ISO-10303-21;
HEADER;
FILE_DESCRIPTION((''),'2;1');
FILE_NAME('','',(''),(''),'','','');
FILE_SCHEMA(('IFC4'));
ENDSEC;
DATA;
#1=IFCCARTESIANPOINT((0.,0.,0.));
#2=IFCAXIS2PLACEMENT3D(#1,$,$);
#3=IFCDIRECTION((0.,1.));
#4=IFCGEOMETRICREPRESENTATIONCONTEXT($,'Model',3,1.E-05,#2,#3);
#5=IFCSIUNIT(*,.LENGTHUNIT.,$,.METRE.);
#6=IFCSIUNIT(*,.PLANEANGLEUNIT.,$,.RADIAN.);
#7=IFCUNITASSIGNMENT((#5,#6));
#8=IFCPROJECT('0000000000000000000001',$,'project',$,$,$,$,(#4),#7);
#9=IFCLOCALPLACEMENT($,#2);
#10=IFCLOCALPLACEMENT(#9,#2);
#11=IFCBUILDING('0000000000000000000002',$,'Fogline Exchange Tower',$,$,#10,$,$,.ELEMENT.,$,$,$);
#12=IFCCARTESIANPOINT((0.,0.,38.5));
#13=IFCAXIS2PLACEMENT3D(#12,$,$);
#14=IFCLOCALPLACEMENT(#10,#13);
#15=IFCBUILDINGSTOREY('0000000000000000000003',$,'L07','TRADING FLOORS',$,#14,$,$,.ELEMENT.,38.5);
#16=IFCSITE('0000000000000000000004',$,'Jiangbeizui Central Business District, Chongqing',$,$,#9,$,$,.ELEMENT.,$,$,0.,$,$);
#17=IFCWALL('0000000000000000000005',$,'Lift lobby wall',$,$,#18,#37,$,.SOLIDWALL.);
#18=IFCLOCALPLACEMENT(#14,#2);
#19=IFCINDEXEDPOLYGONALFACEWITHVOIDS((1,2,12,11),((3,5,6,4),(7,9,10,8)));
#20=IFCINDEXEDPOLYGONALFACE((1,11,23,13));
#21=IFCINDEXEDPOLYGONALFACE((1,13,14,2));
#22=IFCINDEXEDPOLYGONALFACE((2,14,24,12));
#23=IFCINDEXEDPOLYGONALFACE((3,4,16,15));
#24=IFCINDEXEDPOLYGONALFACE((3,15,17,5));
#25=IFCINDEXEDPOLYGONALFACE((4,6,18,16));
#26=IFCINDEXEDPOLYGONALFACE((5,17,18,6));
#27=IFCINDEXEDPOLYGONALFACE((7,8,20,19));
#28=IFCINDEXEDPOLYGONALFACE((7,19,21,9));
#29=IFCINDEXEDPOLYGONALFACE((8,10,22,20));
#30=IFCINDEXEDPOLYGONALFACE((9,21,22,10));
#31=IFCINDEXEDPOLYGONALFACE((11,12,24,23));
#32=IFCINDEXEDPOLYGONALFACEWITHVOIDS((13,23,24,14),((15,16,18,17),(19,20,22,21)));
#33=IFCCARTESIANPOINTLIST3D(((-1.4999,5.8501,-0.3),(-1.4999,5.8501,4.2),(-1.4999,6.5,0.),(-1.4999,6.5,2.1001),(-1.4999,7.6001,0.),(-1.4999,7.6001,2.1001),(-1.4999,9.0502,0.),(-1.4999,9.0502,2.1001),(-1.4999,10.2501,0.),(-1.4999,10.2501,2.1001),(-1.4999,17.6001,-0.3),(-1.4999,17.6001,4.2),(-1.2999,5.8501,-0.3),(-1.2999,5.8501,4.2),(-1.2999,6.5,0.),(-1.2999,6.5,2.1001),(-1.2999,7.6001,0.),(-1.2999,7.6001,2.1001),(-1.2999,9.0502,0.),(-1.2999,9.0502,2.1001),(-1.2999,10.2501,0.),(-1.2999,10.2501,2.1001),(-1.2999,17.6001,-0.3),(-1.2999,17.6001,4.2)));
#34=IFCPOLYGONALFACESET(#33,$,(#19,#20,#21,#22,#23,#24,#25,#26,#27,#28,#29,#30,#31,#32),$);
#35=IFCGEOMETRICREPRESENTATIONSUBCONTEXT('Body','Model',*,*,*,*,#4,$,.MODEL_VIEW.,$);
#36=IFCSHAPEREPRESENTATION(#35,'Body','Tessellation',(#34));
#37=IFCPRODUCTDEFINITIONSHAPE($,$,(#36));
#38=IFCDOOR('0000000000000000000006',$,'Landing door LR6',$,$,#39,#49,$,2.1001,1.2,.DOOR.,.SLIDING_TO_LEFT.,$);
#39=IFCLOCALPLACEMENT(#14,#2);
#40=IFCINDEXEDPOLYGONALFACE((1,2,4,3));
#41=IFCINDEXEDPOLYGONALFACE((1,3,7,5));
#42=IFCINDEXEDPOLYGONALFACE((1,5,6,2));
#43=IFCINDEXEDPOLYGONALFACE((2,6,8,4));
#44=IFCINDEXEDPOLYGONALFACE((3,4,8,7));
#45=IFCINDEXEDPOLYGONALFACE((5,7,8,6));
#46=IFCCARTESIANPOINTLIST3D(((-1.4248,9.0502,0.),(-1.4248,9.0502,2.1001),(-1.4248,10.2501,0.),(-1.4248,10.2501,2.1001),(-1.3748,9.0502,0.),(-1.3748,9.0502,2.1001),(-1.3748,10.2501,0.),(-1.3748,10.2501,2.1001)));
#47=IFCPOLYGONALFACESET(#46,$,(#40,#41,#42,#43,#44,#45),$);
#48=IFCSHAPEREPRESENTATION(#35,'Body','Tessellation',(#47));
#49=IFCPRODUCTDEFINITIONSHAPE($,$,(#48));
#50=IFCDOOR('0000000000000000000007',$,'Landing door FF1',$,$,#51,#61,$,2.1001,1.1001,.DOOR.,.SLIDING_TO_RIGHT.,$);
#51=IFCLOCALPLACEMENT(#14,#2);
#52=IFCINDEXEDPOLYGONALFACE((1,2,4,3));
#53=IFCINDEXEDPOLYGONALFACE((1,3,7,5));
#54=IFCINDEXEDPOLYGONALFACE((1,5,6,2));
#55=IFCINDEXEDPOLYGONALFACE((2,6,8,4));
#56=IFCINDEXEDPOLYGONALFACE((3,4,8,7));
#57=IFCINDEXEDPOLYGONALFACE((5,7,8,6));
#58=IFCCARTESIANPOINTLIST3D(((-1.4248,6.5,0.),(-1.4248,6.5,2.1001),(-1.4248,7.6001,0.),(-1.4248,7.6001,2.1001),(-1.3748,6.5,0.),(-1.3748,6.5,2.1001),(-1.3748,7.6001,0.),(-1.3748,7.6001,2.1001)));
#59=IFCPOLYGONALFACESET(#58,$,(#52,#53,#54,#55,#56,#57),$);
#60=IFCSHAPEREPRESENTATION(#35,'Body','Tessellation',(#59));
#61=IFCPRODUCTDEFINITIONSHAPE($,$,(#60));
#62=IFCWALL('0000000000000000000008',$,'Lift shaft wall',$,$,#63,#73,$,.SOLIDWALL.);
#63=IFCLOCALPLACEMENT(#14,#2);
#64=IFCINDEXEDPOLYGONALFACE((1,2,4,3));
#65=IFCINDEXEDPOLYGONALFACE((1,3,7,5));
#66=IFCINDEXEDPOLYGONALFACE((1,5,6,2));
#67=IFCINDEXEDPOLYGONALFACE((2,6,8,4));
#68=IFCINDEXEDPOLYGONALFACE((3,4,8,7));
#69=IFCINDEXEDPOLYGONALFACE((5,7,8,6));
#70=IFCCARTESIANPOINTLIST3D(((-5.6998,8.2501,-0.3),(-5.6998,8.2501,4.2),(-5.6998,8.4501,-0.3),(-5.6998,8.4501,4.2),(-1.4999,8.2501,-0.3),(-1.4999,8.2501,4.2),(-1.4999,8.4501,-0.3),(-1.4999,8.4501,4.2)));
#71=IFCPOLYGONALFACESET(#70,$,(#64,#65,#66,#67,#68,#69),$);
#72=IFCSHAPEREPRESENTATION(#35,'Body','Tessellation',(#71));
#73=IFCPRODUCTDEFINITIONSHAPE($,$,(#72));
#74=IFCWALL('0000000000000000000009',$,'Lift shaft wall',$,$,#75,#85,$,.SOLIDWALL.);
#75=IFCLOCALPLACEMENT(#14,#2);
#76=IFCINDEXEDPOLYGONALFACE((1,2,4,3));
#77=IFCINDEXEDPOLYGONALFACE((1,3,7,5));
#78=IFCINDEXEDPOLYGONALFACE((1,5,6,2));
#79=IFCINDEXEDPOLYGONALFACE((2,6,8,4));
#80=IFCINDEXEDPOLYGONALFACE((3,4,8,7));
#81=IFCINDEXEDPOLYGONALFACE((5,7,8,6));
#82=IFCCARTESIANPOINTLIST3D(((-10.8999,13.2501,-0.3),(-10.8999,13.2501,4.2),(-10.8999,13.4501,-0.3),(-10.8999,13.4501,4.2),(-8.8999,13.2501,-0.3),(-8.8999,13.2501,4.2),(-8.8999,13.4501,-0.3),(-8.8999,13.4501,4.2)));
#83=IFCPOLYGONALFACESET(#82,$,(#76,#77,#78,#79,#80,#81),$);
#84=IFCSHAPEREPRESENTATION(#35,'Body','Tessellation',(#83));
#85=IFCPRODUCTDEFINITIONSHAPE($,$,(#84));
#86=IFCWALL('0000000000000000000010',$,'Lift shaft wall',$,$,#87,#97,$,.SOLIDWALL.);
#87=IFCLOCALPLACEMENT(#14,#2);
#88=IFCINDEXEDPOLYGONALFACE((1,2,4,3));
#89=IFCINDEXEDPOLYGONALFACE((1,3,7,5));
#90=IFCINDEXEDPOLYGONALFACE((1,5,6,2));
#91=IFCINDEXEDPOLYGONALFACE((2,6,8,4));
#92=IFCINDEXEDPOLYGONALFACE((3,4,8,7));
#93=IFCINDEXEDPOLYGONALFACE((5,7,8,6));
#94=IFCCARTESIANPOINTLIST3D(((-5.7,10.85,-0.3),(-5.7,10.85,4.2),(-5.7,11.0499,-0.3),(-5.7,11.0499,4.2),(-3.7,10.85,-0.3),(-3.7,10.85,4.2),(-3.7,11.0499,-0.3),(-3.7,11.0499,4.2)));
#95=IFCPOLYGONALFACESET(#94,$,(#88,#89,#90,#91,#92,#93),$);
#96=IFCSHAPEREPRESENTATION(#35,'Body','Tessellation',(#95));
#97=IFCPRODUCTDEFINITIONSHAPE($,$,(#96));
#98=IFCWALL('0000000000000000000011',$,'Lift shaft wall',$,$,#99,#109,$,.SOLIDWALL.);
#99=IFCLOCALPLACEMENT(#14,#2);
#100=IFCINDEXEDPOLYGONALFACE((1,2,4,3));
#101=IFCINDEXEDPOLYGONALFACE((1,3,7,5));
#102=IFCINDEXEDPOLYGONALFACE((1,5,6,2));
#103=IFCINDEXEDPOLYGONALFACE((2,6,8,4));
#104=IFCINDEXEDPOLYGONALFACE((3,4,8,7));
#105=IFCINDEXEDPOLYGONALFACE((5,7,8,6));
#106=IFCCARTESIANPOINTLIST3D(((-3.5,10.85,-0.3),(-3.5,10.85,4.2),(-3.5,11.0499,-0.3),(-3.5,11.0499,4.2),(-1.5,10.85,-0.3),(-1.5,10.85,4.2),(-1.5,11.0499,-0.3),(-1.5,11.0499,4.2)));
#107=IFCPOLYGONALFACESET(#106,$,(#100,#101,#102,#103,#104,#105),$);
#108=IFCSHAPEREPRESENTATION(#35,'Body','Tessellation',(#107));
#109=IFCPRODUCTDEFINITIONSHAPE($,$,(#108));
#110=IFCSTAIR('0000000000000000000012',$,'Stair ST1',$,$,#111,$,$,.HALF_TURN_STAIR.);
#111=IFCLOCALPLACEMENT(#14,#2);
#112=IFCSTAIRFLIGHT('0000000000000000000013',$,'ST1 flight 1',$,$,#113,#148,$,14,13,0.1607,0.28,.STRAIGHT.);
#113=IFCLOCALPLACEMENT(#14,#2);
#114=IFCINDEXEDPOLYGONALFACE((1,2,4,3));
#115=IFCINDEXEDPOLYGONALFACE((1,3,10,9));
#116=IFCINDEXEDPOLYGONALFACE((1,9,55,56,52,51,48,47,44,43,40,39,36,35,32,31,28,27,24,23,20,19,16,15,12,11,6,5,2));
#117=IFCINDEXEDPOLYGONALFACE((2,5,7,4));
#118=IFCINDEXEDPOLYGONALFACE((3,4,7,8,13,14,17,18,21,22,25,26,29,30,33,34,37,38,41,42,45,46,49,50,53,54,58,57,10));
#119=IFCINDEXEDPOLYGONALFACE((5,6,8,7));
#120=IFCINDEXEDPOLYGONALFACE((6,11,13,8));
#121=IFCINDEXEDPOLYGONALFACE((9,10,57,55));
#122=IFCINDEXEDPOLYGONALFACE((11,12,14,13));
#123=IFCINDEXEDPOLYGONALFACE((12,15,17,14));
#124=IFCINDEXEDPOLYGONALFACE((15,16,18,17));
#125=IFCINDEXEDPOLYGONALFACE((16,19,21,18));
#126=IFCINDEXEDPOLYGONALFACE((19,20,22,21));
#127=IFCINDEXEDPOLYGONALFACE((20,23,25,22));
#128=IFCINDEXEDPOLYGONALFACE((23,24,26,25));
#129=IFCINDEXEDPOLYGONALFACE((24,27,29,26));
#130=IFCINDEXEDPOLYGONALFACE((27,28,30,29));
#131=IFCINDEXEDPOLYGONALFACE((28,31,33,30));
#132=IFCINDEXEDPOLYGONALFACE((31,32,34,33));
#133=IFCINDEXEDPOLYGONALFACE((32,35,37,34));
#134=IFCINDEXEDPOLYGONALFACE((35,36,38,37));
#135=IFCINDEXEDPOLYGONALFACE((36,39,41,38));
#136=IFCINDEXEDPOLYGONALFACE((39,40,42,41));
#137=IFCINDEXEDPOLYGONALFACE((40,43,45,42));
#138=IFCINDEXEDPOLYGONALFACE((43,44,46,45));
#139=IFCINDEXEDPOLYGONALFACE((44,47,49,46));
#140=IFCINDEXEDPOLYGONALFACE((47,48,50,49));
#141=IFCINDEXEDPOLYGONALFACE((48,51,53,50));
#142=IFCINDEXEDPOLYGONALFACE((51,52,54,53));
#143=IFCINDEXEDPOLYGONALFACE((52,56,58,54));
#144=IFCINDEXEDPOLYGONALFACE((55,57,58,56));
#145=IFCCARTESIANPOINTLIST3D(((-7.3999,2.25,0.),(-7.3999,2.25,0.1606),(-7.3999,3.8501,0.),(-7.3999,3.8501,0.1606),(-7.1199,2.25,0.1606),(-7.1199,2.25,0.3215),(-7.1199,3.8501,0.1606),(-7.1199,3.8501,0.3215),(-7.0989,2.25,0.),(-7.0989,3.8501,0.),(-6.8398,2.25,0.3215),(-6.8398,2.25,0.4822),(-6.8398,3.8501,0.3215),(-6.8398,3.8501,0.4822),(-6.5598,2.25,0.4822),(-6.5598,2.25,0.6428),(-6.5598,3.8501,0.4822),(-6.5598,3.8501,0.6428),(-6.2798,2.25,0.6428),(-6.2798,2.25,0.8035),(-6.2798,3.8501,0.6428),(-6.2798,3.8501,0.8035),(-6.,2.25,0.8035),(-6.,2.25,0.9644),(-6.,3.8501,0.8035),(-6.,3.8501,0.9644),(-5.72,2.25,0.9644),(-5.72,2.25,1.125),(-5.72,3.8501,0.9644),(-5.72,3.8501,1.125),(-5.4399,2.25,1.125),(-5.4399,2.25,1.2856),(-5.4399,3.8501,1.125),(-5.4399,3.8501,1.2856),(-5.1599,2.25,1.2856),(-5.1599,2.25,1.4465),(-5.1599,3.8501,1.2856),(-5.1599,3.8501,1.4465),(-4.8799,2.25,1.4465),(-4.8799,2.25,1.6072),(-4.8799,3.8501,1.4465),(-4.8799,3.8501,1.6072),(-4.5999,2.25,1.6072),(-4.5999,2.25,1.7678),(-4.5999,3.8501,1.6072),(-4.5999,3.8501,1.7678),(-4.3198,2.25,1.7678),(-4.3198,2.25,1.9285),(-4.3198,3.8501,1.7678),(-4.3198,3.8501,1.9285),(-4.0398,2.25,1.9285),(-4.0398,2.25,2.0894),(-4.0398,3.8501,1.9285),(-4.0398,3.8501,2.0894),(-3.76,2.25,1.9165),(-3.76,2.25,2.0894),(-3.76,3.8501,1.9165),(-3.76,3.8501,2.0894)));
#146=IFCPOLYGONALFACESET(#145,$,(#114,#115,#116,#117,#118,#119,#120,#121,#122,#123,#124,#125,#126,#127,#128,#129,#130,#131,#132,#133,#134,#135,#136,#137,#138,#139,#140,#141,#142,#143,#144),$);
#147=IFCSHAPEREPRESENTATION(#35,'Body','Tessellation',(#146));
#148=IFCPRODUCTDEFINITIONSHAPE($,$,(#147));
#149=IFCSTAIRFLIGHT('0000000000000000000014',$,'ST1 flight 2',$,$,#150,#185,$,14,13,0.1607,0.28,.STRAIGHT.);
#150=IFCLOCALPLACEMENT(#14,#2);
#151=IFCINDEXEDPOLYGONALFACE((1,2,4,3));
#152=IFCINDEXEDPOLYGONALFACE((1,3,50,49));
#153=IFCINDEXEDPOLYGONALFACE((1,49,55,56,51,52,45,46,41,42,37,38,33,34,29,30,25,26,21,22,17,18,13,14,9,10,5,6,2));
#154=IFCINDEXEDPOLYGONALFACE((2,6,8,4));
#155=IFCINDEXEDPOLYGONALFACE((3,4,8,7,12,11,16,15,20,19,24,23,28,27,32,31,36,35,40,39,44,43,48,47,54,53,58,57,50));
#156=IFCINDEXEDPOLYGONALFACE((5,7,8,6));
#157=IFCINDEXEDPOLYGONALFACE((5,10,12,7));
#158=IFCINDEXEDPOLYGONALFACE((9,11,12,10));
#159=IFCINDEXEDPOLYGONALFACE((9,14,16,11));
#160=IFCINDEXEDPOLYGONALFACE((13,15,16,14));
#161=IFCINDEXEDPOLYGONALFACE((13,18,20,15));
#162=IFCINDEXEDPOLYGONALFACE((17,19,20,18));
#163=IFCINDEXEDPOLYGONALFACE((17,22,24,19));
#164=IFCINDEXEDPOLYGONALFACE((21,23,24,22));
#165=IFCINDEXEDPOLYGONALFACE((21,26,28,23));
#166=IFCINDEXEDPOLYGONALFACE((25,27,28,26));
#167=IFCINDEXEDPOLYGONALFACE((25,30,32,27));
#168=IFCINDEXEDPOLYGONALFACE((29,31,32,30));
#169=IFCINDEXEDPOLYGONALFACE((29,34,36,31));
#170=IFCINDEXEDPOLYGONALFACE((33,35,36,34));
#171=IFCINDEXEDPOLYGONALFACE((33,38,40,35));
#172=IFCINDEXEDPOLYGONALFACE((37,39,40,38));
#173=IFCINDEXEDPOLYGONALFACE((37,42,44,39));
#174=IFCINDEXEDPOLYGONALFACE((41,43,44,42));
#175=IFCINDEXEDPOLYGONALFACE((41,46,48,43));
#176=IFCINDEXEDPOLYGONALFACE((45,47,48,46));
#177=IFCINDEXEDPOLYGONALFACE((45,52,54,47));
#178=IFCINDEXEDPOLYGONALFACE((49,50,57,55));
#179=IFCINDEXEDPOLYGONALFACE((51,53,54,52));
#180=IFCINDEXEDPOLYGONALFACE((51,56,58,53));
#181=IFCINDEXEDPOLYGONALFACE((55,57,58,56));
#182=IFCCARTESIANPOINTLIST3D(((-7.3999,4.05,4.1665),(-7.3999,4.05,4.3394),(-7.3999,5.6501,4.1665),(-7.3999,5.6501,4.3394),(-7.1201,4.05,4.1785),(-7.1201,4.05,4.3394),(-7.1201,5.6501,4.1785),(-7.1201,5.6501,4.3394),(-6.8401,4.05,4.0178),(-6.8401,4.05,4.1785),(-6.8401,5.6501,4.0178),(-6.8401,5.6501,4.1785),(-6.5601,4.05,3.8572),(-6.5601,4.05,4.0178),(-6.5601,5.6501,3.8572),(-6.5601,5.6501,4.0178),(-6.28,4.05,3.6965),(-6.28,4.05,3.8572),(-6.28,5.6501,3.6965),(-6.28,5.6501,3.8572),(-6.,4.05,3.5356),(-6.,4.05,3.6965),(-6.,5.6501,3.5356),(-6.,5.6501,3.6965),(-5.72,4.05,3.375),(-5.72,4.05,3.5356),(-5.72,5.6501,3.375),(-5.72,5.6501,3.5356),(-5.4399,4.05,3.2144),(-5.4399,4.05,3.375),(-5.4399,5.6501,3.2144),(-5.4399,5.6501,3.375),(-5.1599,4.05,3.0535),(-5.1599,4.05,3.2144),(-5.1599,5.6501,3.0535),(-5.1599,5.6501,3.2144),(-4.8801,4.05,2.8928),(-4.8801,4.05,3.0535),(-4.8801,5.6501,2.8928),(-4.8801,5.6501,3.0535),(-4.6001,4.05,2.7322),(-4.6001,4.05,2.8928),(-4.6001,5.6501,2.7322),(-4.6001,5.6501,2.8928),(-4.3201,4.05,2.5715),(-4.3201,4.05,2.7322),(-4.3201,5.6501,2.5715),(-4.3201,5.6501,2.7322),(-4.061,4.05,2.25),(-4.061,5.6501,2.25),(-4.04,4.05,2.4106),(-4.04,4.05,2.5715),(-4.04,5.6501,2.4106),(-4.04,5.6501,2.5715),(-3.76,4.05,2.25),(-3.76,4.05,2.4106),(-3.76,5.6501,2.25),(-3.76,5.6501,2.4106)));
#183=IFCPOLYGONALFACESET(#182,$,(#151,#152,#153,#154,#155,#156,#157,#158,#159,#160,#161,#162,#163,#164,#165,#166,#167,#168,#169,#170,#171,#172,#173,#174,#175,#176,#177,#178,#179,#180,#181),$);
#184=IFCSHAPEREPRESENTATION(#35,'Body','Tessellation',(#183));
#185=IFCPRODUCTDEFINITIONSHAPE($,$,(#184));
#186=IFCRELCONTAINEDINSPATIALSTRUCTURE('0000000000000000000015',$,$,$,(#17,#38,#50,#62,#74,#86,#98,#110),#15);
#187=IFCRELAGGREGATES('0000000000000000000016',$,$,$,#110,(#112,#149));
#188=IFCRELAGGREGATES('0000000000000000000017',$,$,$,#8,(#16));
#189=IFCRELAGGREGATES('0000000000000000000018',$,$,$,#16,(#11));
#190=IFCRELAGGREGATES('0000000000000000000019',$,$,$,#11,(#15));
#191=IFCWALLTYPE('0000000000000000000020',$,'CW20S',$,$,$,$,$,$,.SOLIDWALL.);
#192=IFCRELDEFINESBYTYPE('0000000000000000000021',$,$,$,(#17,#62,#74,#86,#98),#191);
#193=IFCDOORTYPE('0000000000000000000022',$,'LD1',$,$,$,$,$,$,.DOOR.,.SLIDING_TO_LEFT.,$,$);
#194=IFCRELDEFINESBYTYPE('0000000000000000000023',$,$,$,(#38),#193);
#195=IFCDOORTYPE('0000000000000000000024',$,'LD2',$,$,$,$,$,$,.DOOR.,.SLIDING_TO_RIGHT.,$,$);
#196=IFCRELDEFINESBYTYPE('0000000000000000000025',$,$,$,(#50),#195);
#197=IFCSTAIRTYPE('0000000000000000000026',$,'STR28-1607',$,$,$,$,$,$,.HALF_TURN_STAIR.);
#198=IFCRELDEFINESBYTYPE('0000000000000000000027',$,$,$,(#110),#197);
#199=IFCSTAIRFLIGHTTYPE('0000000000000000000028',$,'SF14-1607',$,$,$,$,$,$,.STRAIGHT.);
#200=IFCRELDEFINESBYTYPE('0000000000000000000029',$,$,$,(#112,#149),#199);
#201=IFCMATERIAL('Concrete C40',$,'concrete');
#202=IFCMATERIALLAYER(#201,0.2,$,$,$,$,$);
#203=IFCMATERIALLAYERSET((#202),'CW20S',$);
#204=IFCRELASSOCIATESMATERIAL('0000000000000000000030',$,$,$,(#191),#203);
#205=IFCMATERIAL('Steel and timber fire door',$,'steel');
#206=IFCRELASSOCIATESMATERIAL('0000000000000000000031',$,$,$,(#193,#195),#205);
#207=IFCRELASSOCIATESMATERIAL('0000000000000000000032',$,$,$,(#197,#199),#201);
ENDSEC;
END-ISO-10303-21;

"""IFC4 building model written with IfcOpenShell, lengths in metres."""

from ifc_helpers import new_model, si_unit, direction, frame, frame_2d, origin, place, context, subcontext, project, spatial, polyline, rectangle, outline, extrude, material, layer, layer_set, type_object, element, fill, aggregate, save


model = new_model("IFC4")

# Units and contexts
model_context = context("Model", 3, precision=1e-05, world=origin(), true_north=direction((0.0, 1.0)))
body_context = subcontext(model_context, "Body", "Model", "MODEL_VIEW")
ifc_project = project(units=[si_unit("LENGTHUNIT", "METRE"), si_unit("PLANEANGLEUNIT", "RADIAN")], contexts=[model_context])

# Site, building, storey
site_placement = place(None, origin())
site = spatial("IfcSite", under=ifc_project, at=site_placement, Name="Jiangbeizui Central Business District, Chongqing", CompositionType="ELEMENT", RefElevation=0.0)
building_placement = place(site_placement, origin())
building = spatial("IfcBuilding", under=site, at=building_placement, Name="Fogline Exchange Tower", CompositionType="ELEMENT")
storey_placement = place(building_placement, frame((0.0, 0.0, 38.5)))
storey = spatial("IfcBuildingStorey", under=building, at=storey_placement, Name="L07", Description="TRADING FLOORS", CompositionType="ELEMENT", Elevation=38.5)

# Shared definitions
ifc_material_1 = material(Name="Steel and timber fire door", Category="steel")

# Shared definitions
ifc_material_2 = material(Name="Concrete C40", Category="concrete")

# Shared definitions
ifc_layer_1 = layer(ifc_material_2, 0.2)
ifc_layer_set_1 = layer_set([ifc_layer_1], Name="CW20S")
wall_type_1 = type_object("IfcWallType", Name="CW20S", PredefinedType="SOLIDWALL", material=ifc_layer_set_1)
door_type_1 = type_object("IfcDoorType", Name="LD1", OperationType="SLIDING_TO_LEFT", PredefinedType="DOOR", material=ifc_material_1)

# Wall, openings, doors
wall_1_placement = place(storey_placement, frame((-1.3999, 5.8501, -0.3), z_axis=(0.0, 0.0, 1.0), x_axis=(0.0, 1.0, 0.0)))
wall_1 = element("IfcWall", 1, at=wall_1_placement, inside=storey, type_object=wall_type_1, Name="Lift lobby wall", PredefinedType="SOLIDWALL", context=body_context, shape_type="SweptSolid", body=[
    extrude(rectangle(XDim=11.75, YDim=0.2, at=frame_2d((5.875, 0.0))), origin(), (0.0, 0.0, 1.0), 4.5),
])
opening_1_placement = place(wall_1_placement, frame((3.2, 0.0, 0.3)))
opening_1 = element("IfcOpeningElement", 2, at=opening_1_placement, cuts=wall_1, PredefinedType="OPENING", context=body_context, shape_type="SweptSolid", body=[
    extrude(rectangle(XDim=1.2, YDim=2.1001, at=frame_2d((0.6001, 1.05))), frame((0.0, 0.1099, 0.0), z_axis=(0.0, -1.0, 0.0), x_axis=(1.0, 0.0, 0.0)), (0.0, 0.0, 1.0), 0.22),
])
opening_2_placement = place(wall_1_placement, frame((0.6499, 0.0, 0.3)))
opening_2 = element("IfcOpeningElement", 3, at=opening_2_placement, cuts=wall_1, PredefinedType="OPENING", context=body_context, shape_type="SweptSolid", body=[
    extrude(rectangle(XDim=1.1001, YDim=2.1001, at=frame_2d((0.55, 1.05))), frame((0.0, 0.1099, 0.0), z_axis=(0.0, -1.0, 0.0), x_axis=(1.0, 0.0, 0.0)), (0.0, 0.0, 1.0), 0.22),
])
door_1_placement = place(opening_1_placement, origin())
door_1 = element("IfcDoor", 4, at=door_1_placement, inside=storey, type_object=door_type_1, Name="Landing door LR6", OperationType="SLIDING_TO_LEFT", OverallHeight=2.1001, OverallWidth=1.2, PredefinedType="DOOR", context=body_context, shape_type="SweptSolid", body=[
    extrude(rectangle(XDim=1.2, YDim=2.1001, at=frame_2d((0.6001, 1.05))), frame((0.0, 0.0249, 0.0), z_axis=(0.0, -1.0, 0.0), x_axis=(1.0, 0.0, 0.0)), (0.0, 0.0, 1.0), 0.05),
])
fill(opening_1, door_1)
door_type_2 = type_object("IfcDoorType", Name="LD2", OperationType="SLIDING_TO_RIGHT", PredefinedType="DOOR", material=ifc_material_1)
door_2_placement = place(opening_2_placement, origin())
door_2 = element("IfcDoor", 5, at=door_2_placement, inside=storey, type_object=door_type_2, Name="Landing door FF1", OperationType="SLIDING_TO_RIGHT", OverallHeight=2.1001, OverallWidth=1.1001, PredefinedType="DOOR", context=body_context, shape_type="SweptSolid", body=[
    extrude(rectangle(XDim=1.1001, YDim=2.1001, at=frame_2d((0.55, 1.05))), frame((0.0, 0.0249, 0.0), z_axis=(0.0, -1.0, 0.0), x_axis=(1.0, 0.0, 0.0)), (0.0, 0.0, 1.0), 0.05),
])
fill(opening_2, door_2)

# Walls
wall_2_placement = place(storey_placement, frame((-5.7, 8.3501, -0.3), z_axis=(0.0, 0.0, 1.0), x_axis=(1.0, 0.0, 0.0)))
element("IfcWall", 6, at=wall_2_placement, inside=storey, type_object=wall_type_1, Name="Lift shaft wall", PredefinedType="SOLIDWALL", context=body_context, shape_type="SweptSolid", body=[
    extrude(rectangle(XDim=4.2, YDim=0.2, at=frame_2d((2.1001, 0.0))), origin(), (0.0, 0.0, 1.0), 4.5),
])
for number, where, z_axis, x_axis, name in (
    (7, (-10.8999, 13.3501, -0.3), (0.0, 0.0, 1.0), (1.0, 0.0, 0.0), "Lift shaft wall"),
    (8, (-5.7, 10.95, -0.3), (0.0, 0.0, 1.0), (1.0, 0.0, 0.0), "Lift shaft wall"),
    (9, (-3.5, 10.95, -0.3), (0.0, 0.0, 1.0), (1.0, 0.0, 0.0), "Lift shaft wall"),
):
    element("IfcWall", number, at=place(storey_placement, frame(where, z_axis=z_axis, x_axis=x_axis)), inside=storey, type_object=wall_type_1, Name=name, PredefinedType="SOLIDWALL", context=body_context, shape_type="SweptSolid", body=[
        extrude(rectangle(XDim=2.0, YDim=0.2, at=frame_2d((1.0, 0.0))), origin(), (0.0, 0.0, 1.0), 4.5),
    ])

# Stair, stair flights
stair_type = type_object("IfcStairType", Name="STR28-1607", PredefinedType="HALF_TURN_STAIR", material=ifc_material_2)
stair_placement = place(storey_placement, origin())
stair = element("IfcStair", 10, at=stair_placement, inside=storey, type_object=stair_type, Name="Stair ST1", PredefinedType="HALF_TURN_STAIR")
stair_flight_type = type_object("IfcStairFlightType", Name="SF14-1607", PredefinedType="STRAIGHT", material=ifc_material_2)
stair_flight_1_placement = place(storey_placement, frame((-7.3999, 3.05, 0.0), z_axis=(0.0, 0.0, 1.0), x_axis=(1.0, 0.0, 0.0)))
stair_flight_1 = element("IfcStairFlight", 11, at=stair_flight_1_placement, type_object=stair_flight_type, Name="ST1 flight 1", NumberOfRisers=14, NumberOfTreads=13, PredefinedType="STRAIGHT", RiserHeight=0.1607, TreadLength=0.28, context=body_context, shape_type="SweptSolid", body=[
    extrude(outline(polyline([(0.0, 0.0), (0.0, 0.1606), (0.28, 0.1606), (0.28, 0.3215), (0.5601, 0.3215), (0.5601, 0.4822), (0.8401, 0.4822), (0.8401, 0.6428), (1.1201, 0.6428), (1.1201, 0.8035), (1.3999, 0.8035), (1.3999, 0.9644), (1.6799, 0.9644), (1.6799, 1.125), (1.96, 1.125), (1.96, 1.2856), (2.24, 1.2856), (2.24, 1.4465), (2.52, 1.4465), (2.52, 1.6072), (2.8, 1.6072), (2.8, 1.7678), (3.0801, 1.7678), (3.0801, 1.9285), (3.3601, 1.9285), (3.3601, 2.0894), (3.6399, 2.0894), (3.6399, 2.25), (3.6399, 1.9165), (0.301, 0.0), (0.0, 0.0)])), frame((0.0, 0.8, 0.0), z_axis=(0.0, -1.0, 0.0), x_axis=(1.0, 0.0, 0.0)), (0.0, 0.0, 1.0), 1.6001),
])
stair_flight_2_placement = place(storey_placement, frame((-3.76, 4.8501, 2.25), z_axis=(0.0, 0.0, 1.0), x_axis=(-1.0, 0.0, 0.0)))
stair_flight_2 = element("IfcStairFlight", 12, at=stair_flight_2_placement, type_object=stair_flight_type, Name="ST1 flight 2", NumberOfRisers=14, NumberOfTreads=13, PredefinedType="STRAIGHT", RiserHeight=0.1607, TreadLength=0.28, context=body_context, shape_type="SweptSolid", body=[
    extrude(outline(polyline([(0.0, 0.0), (0.0, 0.1606), (0.28, 0.1606), (0.28, 0.3215), (0.5601, 0.3215), (0.5601, 0.4822), (0.8401, 0.4822), (0.8401, 0.6428), (1.1201, 0.6428), (1.1201, 0.8035), (1.3999, 0.8035), (1.3999, 0.9644), (1.6799, 0.9644), (1.6799, 1.125), (1.96, 1.125), (1.96, 1.2856), (2.24, 1.2856), (2.24, 1.4465), (2.52, 1.4465), (2.52, 1.6072), (2.8, 1.6072), (2.8, 1.7678), (3.0801, 1.7678), (3.0801, 1.9285), (3.3601, 1.9285), (3.3601, 2.0894), (3.6399, 2.0894), (3.6399, 2.25), (3.6399, 1.9165), (0.301, 0.0), (0.0, 0.0)])), frame((0.0, 0.8, 0.0), z_axis=(0.0, -1.0, 0.0), x_axis=(1.0, 0.0, 0.0)), (0.0, 0.0, 1.0), 1.6001),
])
aggregate(stair, [stair_flight_1, stair_flight_2])

save(model, "model.ifc")
